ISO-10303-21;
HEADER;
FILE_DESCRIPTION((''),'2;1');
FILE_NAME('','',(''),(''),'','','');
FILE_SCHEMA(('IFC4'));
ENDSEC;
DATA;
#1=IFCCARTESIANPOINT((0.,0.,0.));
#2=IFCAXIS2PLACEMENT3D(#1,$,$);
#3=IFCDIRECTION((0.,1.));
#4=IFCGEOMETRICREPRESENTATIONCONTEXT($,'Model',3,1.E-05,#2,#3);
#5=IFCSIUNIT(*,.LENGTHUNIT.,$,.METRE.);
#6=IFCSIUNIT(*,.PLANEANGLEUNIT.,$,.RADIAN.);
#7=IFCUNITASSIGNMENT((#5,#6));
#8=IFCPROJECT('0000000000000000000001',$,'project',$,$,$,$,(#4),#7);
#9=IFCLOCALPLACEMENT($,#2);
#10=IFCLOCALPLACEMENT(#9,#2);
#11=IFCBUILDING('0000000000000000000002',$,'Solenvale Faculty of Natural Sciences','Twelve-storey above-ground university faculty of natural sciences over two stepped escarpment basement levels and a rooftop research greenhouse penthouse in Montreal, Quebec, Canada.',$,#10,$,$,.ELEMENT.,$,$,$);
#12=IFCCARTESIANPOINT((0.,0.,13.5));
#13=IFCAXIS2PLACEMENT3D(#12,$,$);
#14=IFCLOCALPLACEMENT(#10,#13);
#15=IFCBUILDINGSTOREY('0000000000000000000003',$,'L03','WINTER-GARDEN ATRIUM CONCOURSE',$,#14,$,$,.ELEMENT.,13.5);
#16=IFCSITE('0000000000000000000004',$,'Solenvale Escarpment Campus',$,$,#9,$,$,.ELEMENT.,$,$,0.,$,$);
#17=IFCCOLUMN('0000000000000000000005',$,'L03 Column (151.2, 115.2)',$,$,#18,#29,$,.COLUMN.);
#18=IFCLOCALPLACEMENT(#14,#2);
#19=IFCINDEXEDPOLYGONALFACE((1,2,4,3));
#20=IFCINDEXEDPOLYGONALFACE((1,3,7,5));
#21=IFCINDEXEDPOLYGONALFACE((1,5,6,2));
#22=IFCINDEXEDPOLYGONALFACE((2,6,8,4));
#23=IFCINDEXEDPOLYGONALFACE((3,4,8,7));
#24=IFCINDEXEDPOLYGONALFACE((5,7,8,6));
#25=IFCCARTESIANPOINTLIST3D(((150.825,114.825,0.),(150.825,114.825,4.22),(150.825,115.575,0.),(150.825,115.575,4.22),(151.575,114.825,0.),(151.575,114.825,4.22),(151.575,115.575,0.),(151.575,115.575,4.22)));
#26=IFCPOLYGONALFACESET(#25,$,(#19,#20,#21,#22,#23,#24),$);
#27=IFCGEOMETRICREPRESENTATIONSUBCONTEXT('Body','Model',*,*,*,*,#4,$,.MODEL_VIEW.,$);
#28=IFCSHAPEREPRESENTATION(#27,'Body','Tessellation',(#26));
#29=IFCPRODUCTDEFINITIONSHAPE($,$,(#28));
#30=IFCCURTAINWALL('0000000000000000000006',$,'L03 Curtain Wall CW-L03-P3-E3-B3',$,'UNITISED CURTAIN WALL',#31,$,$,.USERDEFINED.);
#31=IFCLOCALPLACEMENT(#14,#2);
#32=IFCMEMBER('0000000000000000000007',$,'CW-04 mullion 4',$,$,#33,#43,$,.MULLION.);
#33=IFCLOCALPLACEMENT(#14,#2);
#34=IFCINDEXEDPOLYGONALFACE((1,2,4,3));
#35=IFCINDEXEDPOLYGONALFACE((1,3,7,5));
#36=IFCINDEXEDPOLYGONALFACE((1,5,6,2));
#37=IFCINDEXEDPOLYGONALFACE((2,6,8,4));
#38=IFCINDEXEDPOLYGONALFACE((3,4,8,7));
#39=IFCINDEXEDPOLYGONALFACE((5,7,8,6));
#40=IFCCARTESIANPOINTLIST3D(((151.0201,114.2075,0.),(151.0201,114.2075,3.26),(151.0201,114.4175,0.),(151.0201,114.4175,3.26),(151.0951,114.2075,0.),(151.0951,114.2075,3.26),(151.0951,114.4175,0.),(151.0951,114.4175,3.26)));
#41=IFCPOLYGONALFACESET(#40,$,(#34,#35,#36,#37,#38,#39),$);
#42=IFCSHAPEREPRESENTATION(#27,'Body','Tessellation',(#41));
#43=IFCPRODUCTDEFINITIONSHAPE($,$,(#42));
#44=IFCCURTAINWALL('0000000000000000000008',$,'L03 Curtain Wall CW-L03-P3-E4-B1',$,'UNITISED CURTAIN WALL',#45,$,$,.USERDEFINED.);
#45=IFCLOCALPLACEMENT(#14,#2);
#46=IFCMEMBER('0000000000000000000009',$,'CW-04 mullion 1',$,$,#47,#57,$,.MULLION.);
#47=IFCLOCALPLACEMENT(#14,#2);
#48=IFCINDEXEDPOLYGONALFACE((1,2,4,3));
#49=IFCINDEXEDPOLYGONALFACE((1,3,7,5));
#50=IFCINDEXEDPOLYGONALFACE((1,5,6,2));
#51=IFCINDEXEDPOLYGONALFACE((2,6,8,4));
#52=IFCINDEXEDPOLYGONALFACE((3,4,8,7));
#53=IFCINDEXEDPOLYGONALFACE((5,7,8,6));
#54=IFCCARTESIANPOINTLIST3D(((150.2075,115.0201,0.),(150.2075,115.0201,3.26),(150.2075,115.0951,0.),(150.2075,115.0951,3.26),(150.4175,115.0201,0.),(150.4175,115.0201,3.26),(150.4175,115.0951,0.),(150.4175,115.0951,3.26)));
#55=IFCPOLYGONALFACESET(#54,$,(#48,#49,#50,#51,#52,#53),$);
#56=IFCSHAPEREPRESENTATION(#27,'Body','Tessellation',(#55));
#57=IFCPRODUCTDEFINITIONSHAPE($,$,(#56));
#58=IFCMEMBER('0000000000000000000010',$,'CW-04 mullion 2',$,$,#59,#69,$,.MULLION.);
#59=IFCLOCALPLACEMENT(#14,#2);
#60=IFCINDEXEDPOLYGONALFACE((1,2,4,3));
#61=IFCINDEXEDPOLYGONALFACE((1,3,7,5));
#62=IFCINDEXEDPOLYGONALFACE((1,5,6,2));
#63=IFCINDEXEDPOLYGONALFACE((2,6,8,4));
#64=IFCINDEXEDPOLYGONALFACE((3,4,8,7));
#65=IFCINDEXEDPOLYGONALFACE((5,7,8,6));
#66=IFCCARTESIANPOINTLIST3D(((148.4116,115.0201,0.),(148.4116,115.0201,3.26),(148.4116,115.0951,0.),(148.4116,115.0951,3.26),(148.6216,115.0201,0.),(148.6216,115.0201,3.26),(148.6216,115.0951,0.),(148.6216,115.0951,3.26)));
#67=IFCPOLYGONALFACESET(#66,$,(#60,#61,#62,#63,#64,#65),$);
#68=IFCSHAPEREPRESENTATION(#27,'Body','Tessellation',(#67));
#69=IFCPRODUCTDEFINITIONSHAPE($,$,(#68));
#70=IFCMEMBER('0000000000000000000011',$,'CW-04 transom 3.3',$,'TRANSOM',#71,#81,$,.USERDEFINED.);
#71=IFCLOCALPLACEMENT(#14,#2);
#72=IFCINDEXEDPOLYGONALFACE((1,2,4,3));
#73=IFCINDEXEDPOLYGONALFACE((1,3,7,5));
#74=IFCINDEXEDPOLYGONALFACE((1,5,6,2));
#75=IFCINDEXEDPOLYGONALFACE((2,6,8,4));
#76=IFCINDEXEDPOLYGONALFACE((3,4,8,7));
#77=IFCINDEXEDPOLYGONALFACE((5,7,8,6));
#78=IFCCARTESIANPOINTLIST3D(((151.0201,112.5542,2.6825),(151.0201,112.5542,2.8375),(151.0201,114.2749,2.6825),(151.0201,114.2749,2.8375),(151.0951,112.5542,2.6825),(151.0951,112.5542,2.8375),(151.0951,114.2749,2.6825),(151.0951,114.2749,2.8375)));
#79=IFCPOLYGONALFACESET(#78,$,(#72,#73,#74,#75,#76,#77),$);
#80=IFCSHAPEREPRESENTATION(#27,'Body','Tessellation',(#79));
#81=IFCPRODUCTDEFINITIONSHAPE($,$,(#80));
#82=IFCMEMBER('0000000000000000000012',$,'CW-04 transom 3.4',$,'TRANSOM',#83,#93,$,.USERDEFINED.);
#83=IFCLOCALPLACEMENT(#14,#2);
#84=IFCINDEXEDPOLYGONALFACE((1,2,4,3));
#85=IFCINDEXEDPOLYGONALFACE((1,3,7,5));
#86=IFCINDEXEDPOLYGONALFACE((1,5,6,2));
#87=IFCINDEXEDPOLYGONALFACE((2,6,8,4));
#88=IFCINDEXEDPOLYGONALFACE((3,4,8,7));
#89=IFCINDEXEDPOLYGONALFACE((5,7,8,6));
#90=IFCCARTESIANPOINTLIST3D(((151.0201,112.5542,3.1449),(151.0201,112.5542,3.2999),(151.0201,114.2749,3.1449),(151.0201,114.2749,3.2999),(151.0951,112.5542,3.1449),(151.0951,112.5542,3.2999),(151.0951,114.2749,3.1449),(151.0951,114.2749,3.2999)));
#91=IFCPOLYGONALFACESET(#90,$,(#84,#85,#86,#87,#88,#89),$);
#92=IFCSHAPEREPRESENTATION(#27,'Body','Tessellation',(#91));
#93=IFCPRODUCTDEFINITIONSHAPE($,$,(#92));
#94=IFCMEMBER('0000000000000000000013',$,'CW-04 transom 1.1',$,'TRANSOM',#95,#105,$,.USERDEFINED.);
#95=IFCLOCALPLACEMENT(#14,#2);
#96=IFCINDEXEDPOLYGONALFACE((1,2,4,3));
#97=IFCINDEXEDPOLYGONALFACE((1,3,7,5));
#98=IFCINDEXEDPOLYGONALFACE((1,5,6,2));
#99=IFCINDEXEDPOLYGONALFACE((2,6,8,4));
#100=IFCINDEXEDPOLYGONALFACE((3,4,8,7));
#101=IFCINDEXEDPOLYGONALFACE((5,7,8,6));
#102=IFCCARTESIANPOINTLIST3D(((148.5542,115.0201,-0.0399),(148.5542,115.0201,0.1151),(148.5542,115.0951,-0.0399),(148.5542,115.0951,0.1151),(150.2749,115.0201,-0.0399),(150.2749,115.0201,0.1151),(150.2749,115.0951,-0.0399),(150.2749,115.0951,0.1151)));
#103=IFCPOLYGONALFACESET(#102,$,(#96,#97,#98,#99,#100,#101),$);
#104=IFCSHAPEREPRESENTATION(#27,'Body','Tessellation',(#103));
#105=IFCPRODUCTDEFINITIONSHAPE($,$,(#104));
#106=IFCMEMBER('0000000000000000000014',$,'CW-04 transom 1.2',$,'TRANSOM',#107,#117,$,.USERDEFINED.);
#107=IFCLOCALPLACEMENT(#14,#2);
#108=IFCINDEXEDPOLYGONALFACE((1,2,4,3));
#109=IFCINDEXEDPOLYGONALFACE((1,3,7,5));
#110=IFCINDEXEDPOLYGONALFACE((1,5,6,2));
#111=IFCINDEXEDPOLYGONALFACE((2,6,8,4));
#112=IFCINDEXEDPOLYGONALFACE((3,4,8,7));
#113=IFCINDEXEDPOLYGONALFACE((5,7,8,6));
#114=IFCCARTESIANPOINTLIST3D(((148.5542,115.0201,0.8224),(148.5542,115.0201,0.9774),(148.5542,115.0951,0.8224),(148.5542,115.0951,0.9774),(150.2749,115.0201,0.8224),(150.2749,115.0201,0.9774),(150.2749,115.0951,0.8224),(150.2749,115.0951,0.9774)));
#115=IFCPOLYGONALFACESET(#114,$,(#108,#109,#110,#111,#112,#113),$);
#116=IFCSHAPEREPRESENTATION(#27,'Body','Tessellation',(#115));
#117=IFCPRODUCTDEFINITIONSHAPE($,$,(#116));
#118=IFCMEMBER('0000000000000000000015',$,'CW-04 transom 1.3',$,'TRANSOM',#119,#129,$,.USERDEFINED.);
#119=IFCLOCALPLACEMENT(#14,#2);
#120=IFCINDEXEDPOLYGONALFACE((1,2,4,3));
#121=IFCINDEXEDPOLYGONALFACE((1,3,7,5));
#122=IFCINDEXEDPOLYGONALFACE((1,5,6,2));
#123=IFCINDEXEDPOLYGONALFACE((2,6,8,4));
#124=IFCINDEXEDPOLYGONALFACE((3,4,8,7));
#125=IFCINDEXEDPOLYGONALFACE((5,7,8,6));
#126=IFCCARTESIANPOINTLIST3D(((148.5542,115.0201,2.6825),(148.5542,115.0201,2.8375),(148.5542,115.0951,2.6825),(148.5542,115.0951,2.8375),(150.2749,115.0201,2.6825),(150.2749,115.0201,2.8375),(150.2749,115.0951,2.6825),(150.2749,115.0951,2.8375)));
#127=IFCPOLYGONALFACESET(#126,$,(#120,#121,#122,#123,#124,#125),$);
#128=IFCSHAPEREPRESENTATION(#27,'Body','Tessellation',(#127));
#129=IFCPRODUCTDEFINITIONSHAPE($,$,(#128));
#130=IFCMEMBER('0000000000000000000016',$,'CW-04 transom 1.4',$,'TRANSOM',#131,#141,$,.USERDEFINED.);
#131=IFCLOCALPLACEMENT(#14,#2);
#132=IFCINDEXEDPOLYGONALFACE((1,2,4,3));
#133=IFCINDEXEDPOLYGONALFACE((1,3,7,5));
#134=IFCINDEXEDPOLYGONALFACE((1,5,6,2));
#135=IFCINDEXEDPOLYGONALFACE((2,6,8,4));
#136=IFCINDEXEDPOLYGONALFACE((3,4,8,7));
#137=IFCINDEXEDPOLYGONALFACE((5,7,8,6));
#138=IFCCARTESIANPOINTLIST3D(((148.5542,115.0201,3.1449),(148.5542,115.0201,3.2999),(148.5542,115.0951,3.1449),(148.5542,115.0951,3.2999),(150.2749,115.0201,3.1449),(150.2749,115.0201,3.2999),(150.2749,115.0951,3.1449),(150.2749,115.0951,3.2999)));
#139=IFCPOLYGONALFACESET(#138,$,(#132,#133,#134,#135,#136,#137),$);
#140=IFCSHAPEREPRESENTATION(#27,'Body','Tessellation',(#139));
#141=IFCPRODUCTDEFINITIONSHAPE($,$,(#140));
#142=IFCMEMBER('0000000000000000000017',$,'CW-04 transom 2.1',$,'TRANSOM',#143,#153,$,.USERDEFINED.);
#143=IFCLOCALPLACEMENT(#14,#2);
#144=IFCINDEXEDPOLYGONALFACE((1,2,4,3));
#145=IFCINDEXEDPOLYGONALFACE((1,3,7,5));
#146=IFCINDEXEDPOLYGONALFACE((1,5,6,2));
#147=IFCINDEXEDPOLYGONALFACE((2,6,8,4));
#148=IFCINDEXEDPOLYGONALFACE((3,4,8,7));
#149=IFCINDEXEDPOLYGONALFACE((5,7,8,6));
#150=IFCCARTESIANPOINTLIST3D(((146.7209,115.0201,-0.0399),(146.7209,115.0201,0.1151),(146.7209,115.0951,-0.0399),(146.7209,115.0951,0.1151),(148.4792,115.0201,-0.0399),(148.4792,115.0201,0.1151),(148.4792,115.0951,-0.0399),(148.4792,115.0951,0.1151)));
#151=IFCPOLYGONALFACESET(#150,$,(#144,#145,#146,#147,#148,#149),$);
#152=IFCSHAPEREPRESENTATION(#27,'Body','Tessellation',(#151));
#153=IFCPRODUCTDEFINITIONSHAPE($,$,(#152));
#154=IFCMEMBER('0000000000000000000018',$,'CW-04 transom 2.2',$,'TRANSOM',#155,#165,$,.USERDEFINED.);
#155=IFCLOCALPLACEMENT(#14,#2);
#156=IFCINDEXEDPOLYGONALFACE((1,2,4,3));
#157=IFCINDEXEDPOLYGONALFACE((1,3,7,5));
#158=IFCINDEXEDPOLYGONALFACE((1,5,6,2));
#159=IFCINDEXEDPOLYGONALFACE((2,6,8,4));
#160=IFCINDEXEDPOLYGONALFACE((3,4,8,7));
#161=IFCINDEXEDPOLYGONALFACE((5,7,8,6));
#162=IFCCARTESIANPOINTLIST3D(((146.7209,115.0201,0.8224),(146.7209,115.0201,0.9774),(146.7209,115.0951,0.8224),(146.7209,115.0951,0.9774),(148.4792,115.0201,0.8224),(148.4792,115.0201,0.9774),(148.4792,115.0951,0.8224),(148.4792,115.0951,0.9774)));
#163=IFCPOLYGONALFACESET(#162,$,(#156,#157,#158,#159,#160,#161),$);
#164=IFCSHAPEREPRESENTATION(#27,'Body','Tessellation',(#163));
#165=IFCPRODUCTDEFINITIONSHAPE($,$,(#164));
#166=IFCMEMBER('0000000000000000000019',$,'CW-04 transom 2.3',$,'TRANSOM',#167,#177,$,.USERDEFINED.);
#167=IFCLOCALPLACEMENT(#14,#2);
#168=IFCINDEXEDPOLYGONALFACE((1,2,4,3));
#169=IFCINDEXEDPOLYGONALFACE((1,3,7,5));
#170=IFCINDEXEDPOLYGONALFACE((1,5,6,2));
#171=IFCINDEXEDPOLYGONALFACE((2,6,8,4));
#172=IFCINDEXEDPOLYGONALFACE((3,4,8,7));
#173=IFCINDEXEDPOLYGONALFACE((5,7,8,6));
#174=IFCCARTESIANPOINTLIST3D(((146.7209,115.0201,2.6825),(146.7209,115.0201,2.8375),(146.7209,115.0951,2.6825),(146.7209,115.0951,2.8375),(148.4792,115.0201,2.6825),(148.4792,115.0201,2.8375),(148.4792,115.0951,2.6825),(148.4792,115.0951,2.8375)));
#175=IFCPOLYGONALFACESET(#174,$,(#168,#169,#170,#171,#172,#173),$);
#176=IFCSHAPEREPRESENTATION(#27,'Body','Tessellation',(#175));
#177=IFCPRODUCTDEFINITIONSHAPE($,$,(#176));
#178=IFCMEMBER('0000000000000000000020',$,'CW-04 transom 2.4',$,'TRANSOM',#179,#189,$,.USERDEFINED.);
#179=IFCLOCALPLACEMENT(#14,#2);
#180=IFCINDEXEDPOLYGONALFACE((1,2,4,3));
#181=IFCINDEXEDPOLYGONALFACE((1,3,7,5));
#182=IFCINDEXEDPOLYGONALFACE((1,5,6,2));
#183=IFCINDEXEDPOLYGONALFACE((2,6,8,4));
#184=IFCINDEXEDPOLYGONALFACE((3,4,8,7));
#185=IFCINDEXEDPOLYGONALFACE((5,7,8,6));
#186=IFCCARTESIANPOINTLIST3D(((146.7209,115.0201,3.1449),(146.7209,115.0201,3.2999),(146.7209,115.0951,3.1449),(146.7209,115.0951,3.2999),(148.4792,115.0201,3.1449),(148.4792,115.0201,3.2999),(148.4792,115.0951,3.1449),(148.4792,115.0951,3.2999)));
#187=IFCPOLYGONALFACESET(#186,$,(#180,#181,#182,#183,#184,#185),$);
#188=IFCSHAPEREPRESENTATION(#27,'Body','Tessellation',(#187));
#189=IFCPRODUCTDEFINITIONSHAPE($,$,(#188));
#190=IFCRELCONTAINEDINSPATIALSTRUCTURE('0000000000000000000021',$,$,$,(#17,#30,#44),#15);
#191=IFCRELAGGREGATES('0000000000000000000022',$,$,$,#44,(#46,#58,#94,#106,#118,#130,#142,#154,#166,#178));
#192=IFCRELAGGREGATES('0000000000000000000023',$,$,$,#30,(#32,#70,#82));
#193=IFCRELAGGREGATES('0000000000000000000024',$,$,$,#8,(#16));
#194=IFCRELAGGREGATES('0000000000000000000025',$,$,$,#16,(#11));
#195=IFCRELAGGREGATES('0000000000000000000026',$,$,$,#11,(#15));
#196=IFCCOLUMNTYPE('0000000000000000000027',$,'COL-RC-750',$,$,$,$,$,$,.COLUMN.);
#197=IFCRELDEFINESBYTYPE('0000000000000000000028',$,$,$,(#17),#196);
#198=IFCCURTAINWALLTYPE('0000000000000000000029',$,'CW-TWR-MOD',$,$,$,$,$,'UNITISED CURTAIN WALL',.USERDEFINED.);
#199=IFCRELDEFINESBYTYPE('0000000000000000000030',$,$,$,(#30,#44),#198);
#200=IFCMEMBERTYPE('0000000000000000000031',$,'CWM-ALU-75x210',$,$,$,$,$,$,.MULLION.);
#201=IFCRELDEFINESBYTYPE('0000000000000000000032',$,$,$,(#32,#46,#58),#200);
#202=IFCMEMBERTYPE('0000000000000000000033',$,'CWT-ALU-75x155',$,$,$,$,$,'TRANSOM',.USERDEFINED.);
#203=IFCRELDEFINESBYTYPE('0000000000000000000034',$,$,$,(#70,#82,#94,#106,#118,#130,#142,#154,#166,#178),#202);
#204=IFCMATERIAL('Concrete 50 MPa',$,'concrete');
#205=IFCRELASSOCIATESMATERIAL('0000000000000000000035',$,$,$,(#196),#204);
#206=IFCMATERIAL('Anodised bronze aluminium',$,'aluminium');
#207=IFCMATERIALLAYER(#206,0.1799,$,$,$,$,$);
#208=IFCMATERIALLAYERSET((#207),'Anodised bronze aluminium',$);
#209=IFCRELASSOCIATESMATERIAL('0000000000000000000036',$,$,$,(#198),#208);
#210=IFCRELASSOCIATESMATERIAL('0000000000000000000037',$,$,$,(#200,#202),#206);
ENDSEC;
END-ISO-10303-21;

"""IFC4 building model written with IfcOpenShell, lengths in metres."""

from ifc_helpers import new_model, si_unit, direction, frame, origin, origin_2d, place, context, subcontext, project, spatial, rectangle, extrude, material, layer, layer_set, material_profile, profile_set, type_object, element, aggregate, save


model = new_model("IFC4")

# Units and contexts
model_context = context("Model", 3, precision=1e-05, world=origin(), true_north=direction((0.0, 1.0)))
body_context = subcontext(model_context, "Body", "Model", "MODEL_VIEW")
ifc_project = project(units=[si_unit("LENGTHUNIT", "METRE"), si_unit("PLANEANGLEUNIT", "RADIAN")], contexts=[model_context])

# Site, building, storey
site_placement = place(None, origin())
site = spatial("IfcSite", under=ifc_project, at=site_placement, Name="Solenvale Escarpment Campus", CompositionType="ELEMENT", RefElevation=0.0)
building_placement = place(site_placement, origin())
building = spatial("IfcBuilding", under=site, at=building_placement, Name="Solenvale Faculty of Natural Sciences", Description="Twelve-storey above-ground university faculty of natural sciences over two stepped escarpment basement levels and a rooftop research greenhouse penthouse in Montreal, Quebec, Canada.", CompositionType="ELEMENT")
storey_placement = place(building_placement, frame((0.0, 0.0, 13.5)))
storey = spatial("IfcBuildingStorey", under=building, at=storey_placement, Name="L03", Description="WINTER-GARDEN ATRIUM CONCOURSE", CompositionType="ELEMENT", Elevation=13.5)

# Column
ifc_material_1 = material(Name="Concrete 50 MPa", Category="concrete")
ifc_material_profile_1 = material_profile(ifc_material_1, rectangle(XDim=0.75, YDim=0.75, at=origin_2d()), Name="RC-COL-750x750")
ifc_profile_set_1 = profile_set([ifc_material_profile_1], Name="Concrete 50 MPa")
column_type = type_object("IfcColumnType", Name="COL-RC-750", PredefinedType="COLUMN", material=ifc_profile_set_1)
column_placement = place(storey_placement, frame((151.2, 115.2, 0.0), z_axis=(0.0, 0.0, 1.0), x_axis=(1.0, 0.0, 0.0)))
element("IfcColumn", 1, at=column_placement, inside=storey, type_object=column_type, Name="L03 Column (151.2, 115.2)", PredefinedType="COLUMN", context=body_context, shape_type="SweptSolid", body=[
    extrude(rectangle(XDim=0.75, YDim=0.75, at=origin_2d()), origin(), (0.0, 0.0, 1.0), 4.22),
])

# Curtain wall, member
ifc_material_2 = material(Name="Anodised bronze aluminium", Category="aluminium")
ifc_layer_1 = layer(ifc_material_2, 0.1799)
ifc_layer_set_1 = layer_set([ifc_layer_1], Name="Anodised bronze aluminium")
curtain_wall_type = type_object("IfcCurtainWallType", Name="CW-TWR-MOD", ElementType="UNITISED CURTAIN WALL", PredefinedType="USERDEFINED", material=ifc_layer_set_1)
curtain_wall_1_placement = place(storey_placement, origin())
curtain_wall_1 = element("IfcCurtainWall", 2, at=curtain_wall_1_placement, inside=storey, type_object=curtain_wall_type, Name="L03 Curtain Wall CW-L03-P3-E3-B3", ObjectType="UNITISED CURTAIN WALL", PredefinedType="USERDEFINED")
ifc_material_profile_2 = material_profile(ifc_material_2, rectangle(XDim=0.075, YDim=0.21, at=origin_2d()), Name="ALU-MUL-75x210")
ifc_profile_set_2 = profile_set([ifc_material_profile_2], Name="Anodised bronze aluminium")
member_type_1 = type_object("IfcMemberType", Name="CWM-ALU-75x210", PredefinedType="MULLION", material=ifc_profile_set_2)
member_1_placement = place(storey_placement, frame((151.0576, 114.3125, 0.0), z_axis=(0.0, 0.0, 1.0), x_axis=(-1.0, 0.0, 0.0)))
member_1 = element("IfcMember", 3, at=member_1_placement, type_object=member_type_1, Name="CW-04 mullion 4", PredefinedType="MULLION", context=body_context, shape_type="SweptSolid", body=[
    extrude(rectangle(XDim=0.075, YDim=0.21, at=origin_2d()), origin(), (0.0, 0.0, 1.0), 3.26),
])

# Curtain wall, members
curtain_wall_2_placement = place(storey_placement, origin())
curtain_wall_2 = element("IfcCurtainWall", 4, at=curtain_wall_2_placement, inside=storey, type_object=curtain_wall_type, Name="L03 Curtain Wall CW-L03-P3-E4-B1", ObjectType="UNITISED CURTAIN WALL", PredefinedType="USERDEFINED")
member_2_placement = place(storey_placement, frame((150.3125, 115.0576, 0.0), z_axis=(0.0, 0.0, 1.0), x_axis=(0.0, -1.0, 0.0)))
member_2 = element("IfcMember", 5, at=member_2_placement, type_object=member_type_1, Name="CW-04 mullion 1", PredefinedType="MULLION", context=body_context, shape_type="SweptSolid", body=[
    extrude(rectangle(XDim=0.075, YDim=0.21, at=origin_2d()), origin(), (0.0, 0.0, 1.0), 3.26),
])
member_3_placement = place(storey_placement, frame((148.5166, 115.0576, 0.0), z_axis=(0.0, 0.0, 1.0), x_axis=(0.0, -1.0, 0.0)))
member_3 = element("IfcMember", 6, at=member_3_placement, type_object=member_type_1, Name="CW-04 mullion 2", PredefinedType="MULLION", context=body_context, shape_type="SweptSolid", body=[
    extrude(rectangle(XDim=0.075, YDim=0.21, at=origin_2d()), origin(), (0.0, 0.0, 1.0), 3.26),
])

# Members
ifc_material_profile_3 = material_profile(ifc_material_2, rectangle(XDim=0.075, YDim=0.155, at=origin_2d()), Name="ALU-TRN-75x155")
ifc_profile_set_3 = profile_set([ifc_material_profile_3], Name="Anodised bronze aluminium")
member_type_2 = type_object("IfcMemberType", Name="CWT-ALU-75x155", ElementType="TRANSOM", PredefinedType="USERDEFINED", material=ifc_profile_set_3)
member_4_placement = place(storey_placement, frame((151.0576, 112.5542, 2.76), z_axis=(0.0, 1.0, 0.0), x_axis=(-1.0, 0.0, 0.0)))
member_4 = element("IfcMember", 7, at=member_4_placement, type_object=member_type_2, Name="CW-04 transom 3.3", ObjectType="TRANSOM", PredefinedType="USERDEFINED", context=body_context, shape_type="SweptSolid", body=[
    extrude(rectangle(XDim=0.075, YDim=0.155, at=origin_2d()), origin(), (0.0, 0.0, 1.0), 1.7207),
])
member_5_placement = place(storey_placement, frame((151.0576, 112.5542, 3.2224), z_axis=(0.0, 1.0, 0.0), x_axis=(-1.0, 0.0, 0.0)))
member_5 = element("IfcMember", 8, at=member_5_placement, type_object=member_type_2, Name="CW-04 transom 3.4", ObjectType="TRANSOM", PredefinedType="USERDEFINED", context=body_context, shape_type="SweptSolid", body=[
    extrude(rectangle(XDim=0.075, YDim=0.155, at=origin_2d()), origin(), (0.0, 0.0, 1.0), 1.7207),
])
member_6_placement = place(storey_placement, frame((150.2749, 115.0576, 0.0376), z_axis=(-1.0, 0.0, 0.0), x_axis=(0.0, -1.0, 0.0)))
member_6 = element("IfcMember", 9, at=member_6_placement, type_object=member_type_2, Name="CW-04 transom 1.1", ObjectType="TRANSOM", PredefinedType="USERDEFINED", context=body_context, shape_type="SweptSolid", body=[
    extrude(rectangle(XDim=0.075, YDim=0.155, at=origin_2d()), origin(), (0.0, 0.0, 1.0), 1.7207),
])
member_7_placement = place(storey_placement, frame((150.2749, 115.0576, 0.8999), z_axis=(-1.0, 0.0, 0.0), x_axis=(0.0, -1.0, 0.0)))
member_7 = element("IfcMember", 10, at=member_7_placement, type_object=member_type_2, Name="CW-04 transom 1.2", ObjectType="TRANSOM", PredefinedType="USERDEFINED", context=body_context, shape_type="SweptSolid", body=[
    extrude(rectangle(XDim=0.075, YDim=0.155, at=origin_2d()), origin(), (0.0, 0.0, 1.0), 1.7207),
])
member_8_placement = place(storey_placement, frame((150.2749, 115.0576, 2.76), z_axis=(-1.0, 0.0, 0.0), x_axis=(0.0, -1.0, 0.0)))
member_8 = element("IfcMember", 11, at=member_8_placement, type_object=member_type_2, Name="CW-04 transom 1.3", ObjectType="TRANSOM", PredefinedType="USERDEFINED", context=body_context, shape_type="SweptSolid", body=[
    extrude(rectangle(XDim=0.075, YDim=0.155, at=origin_2d()), origin(), (0.0, 0.0, 1.0), 1.7207),
])
member_9_placement = place(storey_placement, frame((150.2749, 115.0576, 3.2224), z_axis=(-1.0, 0.0, 0.0), x_axis=(0.0, -1.0, 0.0)))
member_9 = element("IfcMember", 12, at=member_9_placement, type_object=member_type_2, Name="CW-04 transom 1.4", ObjectType="TRANSOM", PredefinedType="USERDEFINED", context=body_context, shape_type="SweptSolid", body=[
    extrude(rectangle(XDim=0.075, YDim=0.155, at=origin_2d()), origin(), (0.0, 0.0, 1.0), 1.7207),
])
member_10_placement = place(storey_placement, frame((148.4792, 115.0576, 0.0376), z_axis=(-1.0, 0.0, 0.0), x_axis=(0.0, -1.0, 0.0)))
member_10 = element("IfcMember", 13, at=member_10_placement, type_object=member_type_2, Name="CW-04 transom 2.1", ObjectType="TRANSOM", PredefinedType="USERDEFINED", context=body_context, shape_type="SweptSolid", body=[
    extrude(rectangle(XDim=0.075, YDim=0.155, at=origin_2d()), origin(), (0.0, 0.0, 1.0), 1.7583),
])
member_11_placement = place(storey_placement, frame((148.4792, 115.0576, 0.8999), z_axis=(-1.0, 0.0, 0.0), x_axis=(0.0, -1.0, 0.0)))
member_11 = element("IfcMember", 14, at=member_11_placement, type_object=member_type_2, Name="CW-04 transom 2.2", ObjectType="TRANSOM", PredefinedType="USERDEFINED", context=body_context, shape_type="SweptSolid", body=[
    extrude(rectangle(XDim=0.075, YDim=0.155, at=origin_2d()), origin(), (0.0, 0.0, 1.0), 1.7583),
])
member_12_placement = place(storey_placement, frame((148.4792, 115.0576, 2.76), z_axis=(-1.0, 0.0, 0.0), x_axis=(0.0, -1.0, 0.0)))
member_12 = element("IfcMember", 15, at=member_12_placement, type_object=member_type_2, Name="CW-04 transom 2.3", ObjectType="TRANSOM", PredefinedType="USERDEFINED", context=body_context, shape_type="SweptSolid", body=[
    extrude(rectangle(XDim=0.075, YDim=0.155, at=origin_2d()), origin(), (0.0, 0.0, 1.0), 1.7583),
])
member_13_placement = place(storey_placement, frame((148.4792, 115.0576, 3.2224), z_axis=(-1.0, 0.0, 0.0), x_axis=(0.0, -1.0, 0.0)))
member_13 = element("IfcMember", 16, at=member_13_placement, type_object=member_type_2, Name="CW-04 transom 2.4", ObjectType="TRANSOM", PredefinedType="USERDEFINED", context=body_context, shape_type="SweptSolid", body=[
    extrude(rectangle(XDim=0.075, YDim=0.155, at=origin_2d()), origin(), (0.0, 0.0, 1.0), 1.7583),
])

aggregate(curtain_wall_2, [member_2, member_3, member_6, member_7, member_8, member_9, member_10, member_11, member_12, member_13])
aggregate(curtain_wall_1, [member_1, member_4, member_5])

save(model, "model.ifc")
